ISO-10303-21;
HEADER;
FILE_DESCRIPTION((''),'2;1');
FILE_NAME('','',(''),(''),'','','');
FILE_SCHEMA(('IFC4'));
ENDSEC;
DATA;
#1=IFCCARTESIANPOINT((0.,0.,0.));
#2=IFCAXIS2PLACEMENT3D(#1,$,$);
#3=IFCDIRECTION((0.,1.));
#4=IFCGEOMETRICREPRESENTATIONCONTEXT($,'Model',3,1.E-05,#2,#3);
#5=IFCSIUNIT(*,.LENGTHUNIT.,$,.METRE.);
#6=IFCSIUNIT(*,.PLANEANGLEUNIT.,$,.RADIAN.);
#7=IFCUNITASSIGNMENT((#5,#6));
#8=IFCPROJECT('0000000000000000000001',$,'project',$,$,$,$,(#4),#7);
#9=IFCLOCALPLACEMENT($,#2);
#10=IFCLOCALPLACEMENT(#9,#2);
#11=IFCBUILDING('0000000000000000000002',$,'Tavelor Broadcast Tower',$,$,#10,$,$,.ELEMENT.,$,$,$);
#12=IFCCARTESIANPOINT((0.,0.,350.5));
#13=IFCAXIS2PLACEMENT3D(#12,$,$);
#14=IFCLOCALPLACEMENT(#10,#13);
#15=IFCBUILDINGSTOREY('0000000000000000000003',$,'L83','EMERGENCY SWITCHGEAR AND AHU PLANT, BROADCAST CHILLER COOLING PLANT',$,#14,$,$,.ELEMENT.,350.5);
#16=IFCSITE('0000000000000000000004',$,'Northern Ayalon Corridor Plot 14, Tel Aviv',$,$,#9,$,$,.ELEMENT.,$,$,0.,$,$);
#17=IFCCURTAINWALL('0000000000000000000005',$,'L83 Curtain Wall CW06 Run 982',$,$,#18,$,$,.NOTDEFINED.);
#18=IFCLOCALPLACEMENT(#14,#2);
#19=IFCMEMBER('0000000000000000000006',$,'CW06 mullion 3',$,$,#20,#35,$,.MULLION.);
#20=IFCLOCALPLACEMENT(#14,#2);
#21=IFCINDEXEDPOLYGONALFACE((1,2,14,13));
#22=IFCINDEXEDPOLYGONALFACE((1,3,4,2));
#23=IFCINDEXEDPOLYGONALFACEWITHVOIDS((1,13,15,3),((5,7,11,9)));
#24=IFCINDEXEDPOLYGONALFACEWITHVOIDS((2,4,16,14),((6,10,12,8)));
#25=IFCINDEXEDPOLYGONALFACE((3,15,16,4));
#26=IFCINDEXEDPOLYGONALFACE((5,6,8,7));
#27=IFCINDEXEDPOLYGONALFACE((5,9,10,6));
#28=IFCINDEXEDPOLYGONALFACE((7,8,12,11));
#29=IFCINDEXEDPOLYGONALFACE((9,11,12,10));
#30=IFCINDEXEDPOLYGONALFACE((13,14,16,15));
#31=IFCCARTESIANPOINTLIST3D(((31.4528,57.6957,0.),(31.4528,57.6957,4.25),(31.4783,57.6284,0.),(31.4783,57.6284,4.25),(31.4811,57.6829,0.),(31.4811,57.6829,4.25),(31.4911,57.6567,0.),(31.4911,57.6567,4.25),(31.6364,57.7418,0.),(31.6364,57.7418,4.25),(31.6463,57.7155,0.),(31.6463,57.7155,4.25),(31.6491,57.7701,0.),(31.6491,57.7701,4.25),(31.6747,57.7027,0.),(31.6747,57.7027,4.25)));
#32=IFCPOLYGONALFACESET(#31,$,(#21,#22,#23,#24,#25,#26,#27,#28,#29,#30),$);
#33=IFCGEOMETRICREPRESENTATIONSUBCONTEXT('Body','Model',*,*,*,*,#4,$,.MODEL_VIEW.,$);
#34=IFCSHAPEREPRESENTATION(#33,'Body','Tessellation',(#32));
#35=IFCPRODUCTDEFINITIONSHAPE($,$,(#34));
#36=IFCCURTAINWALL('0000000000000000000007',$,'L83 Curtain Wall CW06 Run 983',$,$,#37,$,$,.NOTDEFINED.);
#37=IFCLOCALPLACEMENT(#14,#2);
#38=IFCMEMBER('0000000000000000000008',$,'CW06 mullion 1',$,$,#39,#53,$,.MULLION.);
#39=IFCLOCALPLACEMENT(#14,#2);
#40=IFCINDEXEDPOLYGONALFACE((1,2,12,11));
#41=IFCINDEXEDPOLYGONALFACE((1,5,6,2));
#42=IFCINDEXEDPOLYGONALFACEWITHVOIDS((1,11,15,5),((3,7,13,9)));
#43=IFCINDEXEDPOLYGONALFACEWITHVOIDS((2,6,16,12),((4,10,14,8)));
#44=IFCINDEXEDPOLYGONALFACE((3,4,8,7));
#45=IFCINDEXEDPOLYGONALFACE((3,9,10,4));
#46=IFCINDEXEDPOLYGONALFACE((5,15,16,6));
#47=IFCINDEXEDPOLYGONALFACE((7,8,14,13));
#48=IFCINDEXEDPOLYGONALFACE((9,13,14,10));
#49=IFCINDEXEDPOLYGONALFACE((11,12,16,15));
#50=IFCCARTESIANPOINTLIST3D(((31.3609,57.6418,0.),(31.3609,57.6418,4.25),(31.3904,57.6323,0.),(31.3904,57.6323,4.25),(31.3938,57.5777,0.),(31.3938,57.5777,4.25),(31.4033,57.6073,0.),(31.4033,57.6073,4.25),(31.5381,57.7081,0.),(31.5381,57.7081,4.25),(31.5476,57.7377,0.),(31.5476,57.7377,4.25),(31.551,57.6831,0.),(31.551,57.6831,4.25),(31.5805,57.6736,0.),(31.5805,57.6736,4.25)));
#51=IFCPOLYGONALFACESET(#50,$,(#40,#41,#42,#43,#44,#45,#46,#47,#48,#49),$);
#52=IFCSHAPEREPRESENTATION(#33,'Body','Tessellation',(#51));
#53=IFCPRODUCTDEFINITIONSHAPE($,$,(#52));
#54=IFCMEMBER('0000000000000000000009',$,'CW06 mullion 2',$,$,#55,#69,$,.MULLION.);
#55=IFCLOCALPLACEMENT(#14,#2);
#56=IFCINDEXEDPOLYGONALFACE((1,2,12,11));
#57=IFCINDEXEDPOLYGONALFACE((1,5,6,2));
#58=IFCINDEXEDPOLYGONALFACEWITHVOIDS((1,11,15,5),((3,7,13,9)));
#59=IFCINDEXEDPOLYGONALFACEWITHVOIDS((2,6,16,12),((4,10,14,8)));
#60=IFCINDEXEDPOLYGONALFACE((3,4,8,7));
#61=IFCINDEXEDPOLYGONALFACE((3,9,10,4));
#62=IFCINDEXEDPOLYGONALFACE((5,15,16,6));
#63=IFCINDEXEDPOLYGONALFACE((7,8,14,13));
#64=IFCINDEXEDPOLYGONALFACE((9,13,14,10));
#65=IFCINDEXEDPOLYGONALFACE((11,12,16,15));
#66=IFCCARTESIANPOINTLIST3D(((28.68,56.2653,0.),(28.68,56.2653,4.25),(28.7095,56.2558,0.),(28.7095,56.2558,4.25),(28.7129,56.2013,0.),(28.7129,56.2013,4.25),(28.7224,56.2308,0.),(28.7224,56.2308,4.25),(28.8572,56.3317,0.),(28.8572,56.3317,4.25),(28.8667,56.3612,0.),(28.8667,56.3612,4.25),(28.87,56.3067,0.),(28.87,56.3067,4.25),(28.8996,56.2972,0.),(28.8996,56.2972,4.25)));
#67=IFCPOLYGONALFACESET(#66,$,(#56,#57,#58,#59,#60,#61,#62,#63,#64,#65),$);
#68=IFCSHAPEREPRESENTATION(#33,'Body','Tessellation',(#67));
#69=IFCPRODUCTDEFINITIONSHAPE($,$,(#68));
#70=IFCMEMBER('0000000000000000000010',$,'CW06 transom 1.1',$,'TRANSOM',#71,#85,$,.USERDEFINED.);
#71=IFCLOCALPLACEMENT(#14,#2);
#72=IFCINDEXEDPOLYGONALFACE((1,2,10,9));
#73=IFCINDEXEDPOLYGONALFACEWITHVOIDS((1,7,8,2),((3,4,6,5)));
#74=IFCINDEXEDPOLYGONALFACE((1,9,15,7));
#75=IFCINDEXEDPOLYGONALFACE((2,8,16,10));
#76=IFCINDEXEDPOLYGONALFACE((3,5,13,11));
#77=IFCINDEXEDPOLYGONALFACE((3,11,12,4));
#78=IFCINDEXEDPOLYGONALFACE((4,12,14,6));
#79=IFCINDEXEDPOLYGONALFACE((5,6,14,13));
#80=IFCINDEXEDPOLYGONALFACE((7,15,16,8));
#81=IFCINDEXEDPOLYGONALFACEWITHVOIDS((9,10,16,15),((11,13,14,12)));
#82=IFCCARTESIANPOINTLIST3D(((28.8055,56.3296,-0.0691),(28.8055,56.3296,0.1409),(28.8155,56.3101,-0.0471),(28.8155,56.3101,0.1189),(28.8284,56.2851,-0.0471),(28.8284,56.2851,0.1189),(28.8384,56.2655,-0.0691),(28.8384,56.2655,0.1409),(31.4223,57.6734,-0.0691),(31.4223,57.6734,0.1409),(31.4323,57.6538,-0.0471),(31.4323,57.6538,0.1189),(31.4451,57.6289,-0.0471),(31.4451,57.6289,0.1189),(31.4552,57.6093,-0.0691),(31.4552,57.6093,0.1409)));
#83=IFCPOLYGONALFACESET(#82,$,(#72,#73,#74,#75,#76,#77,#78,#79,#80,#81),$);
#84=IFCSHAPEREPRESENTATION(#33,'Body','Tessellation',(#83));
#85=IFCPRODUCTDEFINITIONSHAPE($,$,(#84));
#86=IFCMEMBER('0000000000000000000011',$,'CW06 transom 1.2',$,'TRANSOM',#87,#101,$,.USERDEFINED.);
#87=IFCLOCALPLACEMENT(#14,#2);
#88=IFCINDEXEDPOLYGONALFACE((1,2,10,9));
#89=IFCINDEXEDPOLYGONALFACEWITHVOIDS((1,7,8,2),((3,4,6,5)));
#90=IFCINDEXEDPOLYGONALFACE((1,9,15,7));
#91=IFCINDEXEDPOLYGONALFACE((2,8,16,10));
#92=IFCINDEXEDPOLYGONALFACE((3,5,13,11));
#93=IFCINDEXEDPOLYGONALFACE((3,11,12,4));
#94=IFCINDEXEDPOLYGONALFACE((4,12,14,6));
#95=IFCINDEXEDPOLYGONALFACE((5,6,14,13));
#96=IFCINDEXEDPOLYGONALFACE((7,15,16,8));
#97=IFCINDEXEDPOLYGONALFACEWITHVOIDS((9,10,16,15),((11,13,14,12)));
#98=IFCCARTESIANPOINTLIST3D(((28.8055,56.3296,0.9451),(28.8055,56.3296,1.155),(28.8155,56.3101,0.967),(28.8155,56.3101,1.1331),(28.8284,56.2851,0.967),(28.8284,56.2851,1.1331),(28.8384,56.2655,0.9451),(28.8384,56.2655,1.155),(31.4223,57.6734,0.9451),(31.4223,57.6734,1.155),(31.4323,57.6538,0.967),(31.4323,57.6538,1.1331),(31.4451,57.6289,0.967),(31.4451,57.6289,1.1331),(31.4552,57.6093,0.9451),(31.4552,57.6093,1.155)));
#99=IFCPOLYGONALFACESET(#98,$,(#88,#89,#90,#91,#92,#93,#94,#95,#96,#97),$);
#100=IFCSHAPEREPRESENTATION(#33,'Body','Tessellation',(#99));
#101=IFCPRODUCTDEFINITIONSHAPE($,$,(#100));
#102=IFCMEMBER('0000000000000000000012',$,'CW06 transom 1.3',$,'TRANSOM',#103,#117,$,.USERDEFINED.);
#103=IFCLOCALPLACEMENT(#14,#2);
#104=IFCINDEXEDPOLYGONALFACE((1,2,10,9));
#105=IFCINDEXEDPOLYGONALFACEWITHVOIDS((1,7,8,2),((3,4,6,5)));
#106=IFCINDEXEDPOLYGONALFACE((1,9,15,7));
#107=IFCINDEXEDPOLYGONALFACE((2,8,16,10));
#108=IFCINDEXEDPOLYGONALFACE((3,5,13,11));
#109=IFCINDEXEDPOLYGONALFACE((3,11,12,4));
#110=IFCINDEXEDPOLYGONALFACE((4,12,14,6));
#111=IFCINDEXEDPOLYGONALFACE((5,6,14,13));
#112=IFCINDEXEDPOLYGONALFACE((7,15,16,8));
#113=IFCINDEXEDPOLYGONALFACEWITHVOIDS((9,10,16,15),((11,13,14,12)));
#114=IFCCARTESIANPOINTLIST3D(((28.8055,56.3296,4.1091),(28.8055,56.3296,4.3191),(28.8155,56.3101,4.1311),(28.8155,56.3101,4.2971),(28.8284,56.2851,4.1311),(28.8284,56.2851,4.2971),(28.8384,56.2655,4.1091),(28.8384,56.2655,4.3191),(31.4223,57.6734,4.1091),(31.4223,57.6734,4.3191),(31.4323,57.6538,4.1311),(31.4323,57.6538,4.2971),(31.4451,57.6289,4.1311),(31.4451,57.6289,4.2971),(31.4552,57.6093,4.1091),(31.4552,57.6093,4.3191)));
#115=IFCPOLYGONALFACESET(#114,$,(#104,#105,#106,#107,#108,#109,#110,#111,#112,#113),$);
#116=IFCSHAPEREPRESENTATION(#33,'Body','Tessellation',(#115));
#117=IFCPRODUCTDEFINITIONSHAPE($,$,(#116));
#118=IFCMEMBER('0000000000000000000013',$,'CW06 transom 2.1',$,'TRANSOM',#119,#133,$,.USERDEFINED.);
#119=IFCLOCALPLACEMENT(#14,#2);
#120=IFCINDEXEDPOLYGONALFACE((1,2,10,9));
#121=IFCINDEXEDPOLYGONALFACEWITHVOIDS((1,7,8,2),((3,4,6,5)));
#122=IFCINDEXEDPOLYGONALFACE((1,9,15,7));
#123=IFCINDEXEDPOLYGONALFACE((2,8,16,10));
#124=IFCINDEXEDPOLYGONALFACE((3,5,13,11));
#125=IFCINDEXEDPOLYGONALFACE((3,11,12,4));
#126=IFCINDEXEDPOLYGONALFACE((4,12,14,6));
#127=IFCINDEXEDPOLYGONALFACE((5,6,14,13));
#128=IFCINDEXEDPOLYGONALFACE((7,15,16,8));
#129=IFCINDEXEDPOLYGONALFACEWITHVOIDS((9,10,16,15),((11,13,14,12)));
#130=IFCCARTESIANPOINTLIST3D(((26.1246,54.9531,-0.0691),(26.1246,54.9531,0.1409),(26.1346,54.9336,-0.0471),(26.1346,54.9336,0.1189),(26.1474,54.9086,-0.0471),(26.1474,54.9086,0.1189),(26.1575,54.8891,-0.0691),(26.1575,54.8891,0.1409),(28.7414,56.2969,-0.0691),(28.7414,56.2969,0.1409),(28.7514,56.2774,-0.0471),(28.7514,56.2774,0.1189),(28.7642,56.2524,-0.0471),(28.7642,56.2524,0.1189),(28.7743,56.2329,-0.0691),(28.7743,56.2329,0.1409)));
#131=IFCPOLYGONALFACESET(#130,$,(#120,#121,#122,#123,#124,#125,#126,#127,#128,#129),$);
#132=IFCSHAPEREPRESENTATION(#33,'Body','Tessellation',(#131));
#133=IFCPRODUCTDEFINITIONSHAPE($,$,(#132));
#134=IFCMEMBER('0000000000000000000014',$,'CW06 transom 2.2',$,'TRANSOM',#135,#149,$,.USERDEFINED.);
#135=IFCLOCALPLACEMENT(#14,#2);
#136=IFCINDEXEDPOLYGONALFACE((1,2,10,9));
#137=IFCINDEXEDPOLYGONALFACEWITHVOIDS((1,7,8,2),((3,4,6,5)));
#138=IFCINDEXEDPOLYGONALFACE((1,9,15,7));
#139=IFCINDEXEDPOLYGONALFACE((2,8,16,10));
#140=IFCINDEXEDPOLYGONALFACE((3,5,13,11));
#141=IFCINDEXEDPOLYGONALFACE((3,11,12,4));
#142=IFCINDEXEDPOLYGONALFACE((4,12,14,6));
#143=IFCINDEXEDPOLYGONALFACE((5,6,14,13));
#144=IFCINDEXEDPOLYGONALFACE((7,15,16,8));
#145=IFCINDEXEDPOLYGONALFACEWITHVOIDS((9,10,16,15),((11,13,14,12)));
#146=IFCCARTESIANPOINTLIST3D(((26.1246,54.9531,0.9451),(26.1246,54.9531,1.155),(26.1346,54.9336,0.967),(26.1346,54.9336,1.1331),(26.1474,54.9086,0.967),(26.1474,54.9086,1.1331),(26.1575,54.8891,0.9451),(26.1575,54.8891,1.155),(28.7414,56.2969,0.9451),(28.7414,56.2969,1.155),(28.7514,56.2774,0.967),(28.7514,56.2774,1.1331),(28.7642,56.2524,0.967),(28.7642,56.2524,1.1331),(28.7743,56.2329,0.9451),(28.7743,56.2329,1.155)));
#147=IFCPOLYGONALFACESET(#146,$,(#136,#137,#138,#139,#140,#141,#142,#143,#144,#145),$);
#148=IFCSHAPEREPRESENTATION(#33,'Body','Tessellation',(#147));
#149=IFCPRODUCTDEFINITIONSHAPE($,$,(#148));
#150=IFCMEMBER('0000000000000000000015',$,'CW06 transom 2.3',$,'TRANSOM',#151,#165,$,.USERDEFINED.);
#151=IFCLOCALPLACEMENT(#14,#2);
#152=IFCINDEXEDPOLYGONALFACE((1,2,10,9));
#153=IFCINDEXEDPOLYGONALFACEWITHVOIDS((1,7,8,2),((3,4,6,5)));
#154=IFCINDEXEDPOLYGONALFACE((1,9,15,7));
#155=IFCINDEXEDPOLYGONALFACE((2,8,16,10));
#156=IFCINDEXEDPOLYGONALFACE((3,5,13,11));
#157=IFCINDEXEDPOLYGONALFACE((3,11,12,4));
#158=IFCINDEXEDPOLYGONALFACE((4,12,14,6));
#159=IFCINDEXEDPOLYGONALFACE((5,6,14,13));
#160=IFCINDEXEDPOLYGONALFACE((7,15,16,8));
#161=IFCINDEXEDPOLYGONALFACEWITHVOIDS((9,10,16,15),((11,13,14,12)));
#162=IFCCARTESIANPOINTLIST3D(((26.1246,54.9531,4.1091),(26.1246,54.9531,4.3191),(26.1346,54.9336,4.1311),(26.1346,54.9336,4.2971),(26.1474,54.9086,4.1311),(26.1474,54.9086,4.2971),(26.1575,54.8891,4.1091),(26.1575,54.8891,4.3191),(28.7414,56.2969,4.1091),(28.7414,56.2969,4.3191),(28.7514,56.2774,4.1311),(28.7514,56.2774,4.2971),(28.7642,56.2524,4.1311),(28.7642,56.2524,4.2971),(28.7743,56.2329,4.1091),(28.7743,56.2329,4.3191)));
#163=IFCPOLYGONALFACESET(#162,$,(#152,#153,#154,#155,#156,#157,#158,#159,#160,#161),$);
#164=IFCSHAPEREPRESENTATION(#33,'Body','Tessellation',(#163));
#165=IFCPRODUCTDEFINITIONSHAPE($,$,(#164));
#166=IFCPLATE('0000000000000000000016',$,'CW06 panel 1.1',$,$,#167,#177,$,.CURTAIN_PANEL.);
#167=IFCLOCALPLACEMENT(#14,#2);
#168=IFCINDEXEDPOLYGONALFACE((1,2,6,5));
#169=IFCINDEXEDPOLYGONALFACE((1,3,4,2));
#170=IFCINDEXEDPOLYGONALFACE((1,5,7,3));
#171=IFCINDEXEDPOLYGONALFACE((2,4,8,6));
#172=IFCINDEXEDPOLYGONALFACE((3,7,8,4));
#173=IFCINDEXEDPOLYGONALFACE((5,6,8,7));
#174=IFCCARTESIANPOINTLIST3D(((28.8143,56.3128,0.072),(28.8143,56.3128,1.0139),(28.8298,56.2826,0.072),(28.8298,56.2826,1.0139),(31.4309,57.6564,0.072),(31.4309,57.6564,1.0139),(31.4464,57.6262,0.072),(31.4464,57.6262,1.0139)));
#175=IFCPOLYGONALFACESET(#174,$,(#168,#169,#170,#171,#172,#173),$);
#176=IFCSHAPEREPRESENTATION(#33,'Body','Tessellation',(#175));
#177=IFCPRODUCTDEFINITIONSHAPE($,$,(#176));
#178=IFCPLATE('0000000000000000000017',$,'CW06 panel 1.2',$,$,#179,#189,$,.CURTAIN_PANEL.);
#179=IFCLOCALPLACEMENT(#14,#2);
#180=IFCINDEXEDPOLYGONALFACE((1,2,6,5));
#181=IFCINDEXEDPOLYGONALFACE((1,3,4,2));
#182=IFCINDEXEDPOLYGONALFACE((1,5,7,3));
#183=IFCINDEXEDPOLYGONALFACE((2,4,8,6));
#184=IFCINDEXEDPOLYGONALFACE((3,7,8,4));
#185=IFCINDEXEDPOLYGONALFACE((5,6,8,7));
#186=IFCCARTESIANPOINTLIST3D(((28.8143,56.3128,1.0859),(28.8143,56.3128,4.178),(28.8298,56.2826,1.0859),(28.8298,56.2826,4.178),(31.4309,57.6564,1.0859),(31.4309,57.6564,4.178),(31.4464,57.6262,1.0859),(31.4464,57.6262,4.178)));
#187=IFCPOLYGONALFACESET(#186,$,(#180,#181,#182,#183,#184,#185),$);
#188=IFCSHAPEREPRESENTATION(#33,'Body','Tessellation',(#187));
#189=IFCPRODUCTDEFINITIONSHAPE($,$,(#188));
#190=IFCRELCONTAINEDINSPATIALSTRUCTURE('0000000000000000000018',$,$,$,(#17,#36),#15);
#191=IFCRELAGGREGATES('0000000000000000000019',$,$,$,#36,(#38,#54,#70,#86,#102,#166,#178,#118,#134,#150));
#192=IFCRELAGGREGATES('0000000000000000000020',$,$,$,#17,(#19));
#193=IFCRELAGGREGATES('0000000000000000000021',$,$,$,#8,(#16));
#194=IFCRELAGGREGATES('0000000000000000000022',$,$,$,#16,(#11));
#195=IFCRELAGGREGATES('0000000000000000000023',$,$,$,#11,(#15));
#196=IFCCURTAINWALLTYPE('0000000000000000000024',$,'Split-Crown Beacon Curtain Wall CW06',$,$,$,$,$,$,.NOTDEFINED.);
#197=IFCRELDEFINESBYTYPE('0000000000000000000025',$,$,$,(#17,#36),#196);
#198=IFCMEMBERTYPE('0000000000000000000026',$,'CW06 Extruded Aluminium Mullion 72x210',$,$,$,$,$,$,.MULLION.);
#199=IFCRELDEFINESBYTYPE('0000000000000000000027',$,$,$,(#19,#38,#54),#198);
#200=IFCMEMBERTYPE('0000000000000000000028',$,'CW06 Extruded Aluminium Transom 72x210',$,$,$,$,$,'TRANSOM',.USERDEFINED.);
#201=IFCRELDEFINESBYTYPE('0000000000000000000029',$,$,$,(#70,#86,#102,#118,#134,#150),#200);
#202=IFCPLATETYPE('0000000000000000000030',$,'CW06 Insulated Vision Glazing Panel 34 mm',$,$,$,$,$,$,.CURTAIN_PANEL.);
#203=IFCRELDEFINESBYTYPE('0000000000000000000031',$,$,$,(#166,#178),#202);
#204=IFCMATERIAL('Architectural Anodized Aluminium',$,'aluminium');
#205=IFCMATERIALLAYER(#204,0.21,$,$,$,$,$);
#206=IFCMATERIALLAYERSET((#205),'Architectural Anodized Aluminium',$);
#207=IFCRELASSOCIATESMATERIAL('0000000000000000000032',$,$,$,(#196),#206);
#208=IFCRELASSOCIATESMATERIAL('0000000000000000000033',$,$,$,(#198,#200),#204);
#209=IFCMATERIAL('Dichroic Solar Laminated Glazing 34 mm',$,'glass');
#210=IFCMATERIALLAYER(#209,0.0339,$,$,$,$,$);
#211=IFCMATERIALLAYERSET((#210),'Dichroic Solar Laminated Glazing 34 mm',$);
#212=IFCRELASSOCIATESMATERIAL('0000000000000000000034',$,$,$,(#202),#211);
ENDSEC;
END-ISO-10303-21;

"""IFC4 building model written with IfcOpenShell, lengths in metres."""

from ifc_helpers import new_model, si_unit, direction, frame, origin, origin_2d, place, context, subcontext, project, spatial, rectangle, hollow_rectangle, extrude, source, transform, mapped, material, layer, layer_set, material_profile, profile_set, type_object, type_shapes, element, aggregate, save


model = new_model("IFC4")

# Units and contexts
model_context = context("Model", 3, precision=1e-05, world=origin(), true_north=direction((0.0, 1.0)))
body_context = subcontext(model_context, "Body", "Model", "MODEL_VIEW")
ifc_project = project(units=[si_unit("LENGTHUNIT", "METRE"), si_unit("PLANEANGLEUNIT", "RADIAN")], contexts=[model_context])

# Site, building, storey
site_placement = place(None, origin())
site = spatial("IfcSite", under=ifc_project, at=site_placement, Name="Northern Ayalon Corridor Plot 14, Tel Aviv", CompositionType="ELEMENT", RefElevation=0.0)
building_placement = place(site_placement, origin())
building = spatial("IfcBuilding", under=site, at=building_placement, Name="Tavelor Broadcast Tower", CompositionType="ELEMENT")
storey_placement = place(building_placement, frame((0.0, 0.0, 350.5)))
storey = spatial("IfcBuildingStorey", under=building, at=storey_placement, Name="L83", Description="EMERGENCY SWITCHGEAR AND AHU PLANT, BROADCAST CHILLER COOLING PLANT", CompositionType="ELEMENT", Elevation=350.5)

# Curtain wall, member
ifc_material_1 = material(Name="Architectural Anodized Aluminium", Category="aluminium")
ifc_layer_1 = layer(ifc_material_1, 0.21)
ifc_layer_set_1 = layer_set([ifc_layer_1], Name="Architectural Anodized Aluminium")
curtain_wall_type = type_object("IfcCurtainWallType", Name="Split-Crown Beacon Curtain Wall CW06", PredefinedType="NOTDEFINED", material=ifc_layer_set_1)
curtain_wall_1_placement = place(storey_placement, origin())
curtain_wall_1 = element("IfcCurtainWall", 1, at=curtain_wall_1_placement, inside=storey, type_object=curtain_wall_type, Name="L83 Curtain Wall CW06 Run 982", PredefinedType="NOTDEFINED")
ifc_material_profile_1 = material_profile(ifc_material_1, hollow_rectangle(XDim=0.072, YDim=0.21, WallThickness=0.022, at=origin_2d()), Name="RHS 72x210x22")
ifc_profile_set_1 = profile_set([ifc_material_profile_1], Name="Architectural Anodized Aluminium")
member_type_1 = type_object("IfcMemberType", Name="CW06 Extruded Aluminium Mullion 72x210", PredefinedType="MULLION", material=ifc_profile_set_1)
shared_shape_1 = source(origin(), body_context, "Body", "SweptSolid", [
    extrude(hollow_rectangle(XDim=0.072, YDim=0.21, WallThickness=0.022, at=origin_2d()), origin(), (0.0, 0.0, 1.0), 4.25),
])
type_shapes(member_type_1, [shared_shape_1])
member_1_placement = place(storey_placement, frame((31.5637, 57.6992, 0.0), z_axis=(0.0, 0.0, 1.0), x_axis=(0.354265, -0.935145, 0.0)))
member_1 = element("IfcMember", 2, at=member_1_placement, type_object=member_type_1, Name="CW06 mullion 3", PredefinedType="MULLION", context=body_context, shape_type="MappedRepresentation", body=[
    mapped(shared_shape_1, transform((0.0, 0.0, 0.0), scale=1.0)),
])

# Curtain wall, members, plates
curtain_wall_2_placement = place(storey_placement, origin())
curtain_wall_2 = element("IfcCurtainWall", 3, at=curtain_wall_2_placement, inside=storey, type_object=curtain_wall_type, Name="L83 Curtain Wall CW06 Run 983", PredefinedType="NOTDEFINED")
member_2_placement = place(storey_placement, frame((31.4707, 57.6577, 0.0), z_axis=(0.0, 0.0, 1.0), x_axis=(0.456776, -0.889582, 0.0)))
member_2 = element("IfcMember", 4, at=member_2_placement, type_object=member_type_1, Name="CW06 mullion 1", PredefinedType="MULLION", context=body_context, shape_type="MappedRepresentation", body=[
    mapped(shared_shape_1, transform((0.0, 0.0, 0.0), scale=1.0)),
])
member_3_placement = place(storey_placement, frame((28.7898, 56.2812, 0.0), z_axis=(0.0, 0.0, 1.0), x_axis=(0.456776, -0.889582, 0.0)))
member_3 = element("IfcMember", 5, at=member_3_placement, type_object=member_type_1, Name="CW06 mullion 2", PredefinedType="MULLION", context=body_context, shape_type="MappedRepresentation", body=[
    mapped(shared_shape_1, transform((0.0, 0.0, 0.0), scale=1.0)),
])
ifc_material_profile_2 = material_profile(ifc_material_1, hollow_rectangle(XDim=0.072, YDim=0.21, WallThickness=0.022, at=origin_2d()), Name="RHS 72x210x22")
ifc_profile_set_2 = profile_set([ifc_material_profile_2], Name="Architectural Anodized Aluminium")
member_type_2 = type_object("IfcMemberType", Name="CW06 Extruded Aluminium Transom 72x210", ElementType="TRANSOM", PredefinedType="USERDEFINED", material=ifc_profile_set_2)
shared_shape_2 = source(origin(), body_context, "Body", "SweptSolid", [
    extrude(hollow_rectangle(XDim=0.072, YDim=0.21, WallThickness=0.022, at=origin_2d()), origin(), (0.0, 0.0, 1.0), 2.9417),
])
type_shapes(member_type_2, [shared_shape_2])
member_4_placement = place(storey_placement, frame((31.4387, 57.6414, 0.0359), z_axis=(-0.889562, -0.456815, 0.0), x_axis=(0.456815, -0.889562, 0.0)))
member_4 = element("IfcMember", 6, at=member_4_placement, type_object=member_type_2, Name="CW06 transom 1.1", ObjectType="TRANSOM", PredefinedType="USERDEFINED", context=body_context, shape_type="MappedRepresentation", body=[
    mapped(shared_shape_2, transform((0.0, 0.0, 0.0), scale=1.0)),
])
member_5_placement = place(storey_placement, frame((31.4387, 57.6414, 1.05), z_axis=(-0.889562, -0.456815, 0.0), x_axis=(0.456815, -0.889562, 0.0)))
member_5 = element("IfcMember", 7, at=member_5_placement, type_object=member_type_2, Name="CW06 transom 1.2", ObjectType="TRANSOM", PredefinedType="USERDEFINED", context=body_context, shape_type="MappedRepresentation", body=[
    mapped(shared_shape_2, transform((0.0, 0.0, 0.0), scale=1.0)),
])
member_6_placement = place(storey_placement, frame((31.4387, 57.6414, 4.2141), z_axis=(-0.889562, -0.456815, 0.0), x_axis=(0.456815, -0.889562, 0.0)))
member_6 = element("IfcMember", 8, at=member_6_placement, type_object=member_type_2, Name="CW06 transom 1.3", ObjectType="TRANSOM", PredefinedType="USERDEFINED", context=body_context, shape_type="MappedRepresentation", body=[
    mapped(shared_shape_2, transform((0.0, 0.0, 0.0), scale=1.0)),
])
member_7_placement = place(storey_placement, frame((28.7578, 56.2649, 0.0359), z_axis=(-0.889562, -0.456815, 0.0), x_axis=(0.456815, -0.889562, 0.0)))
member_7 = element("IfcMember", 9, at=member_7_placement, type_object=member_type_2, Name="CW06 transom 2.1", ObjectType="TRANSOM", PredefinedType="USERDEFINED", context=body_context, shape_type="MappedRepresentation", body=[
    mapped(shared_shape_2, transform((0.0, 0.0, 0.0), scale=1.0)),
])
member_8_placement = place(storey_placement, frame((28.7578, 56.2649, 1.05), z_axis=(-0.889562, -0.456815, 0.0), x_axis=(0.456815, -0.889562, 0.0)))
member_8 = element("IfcMember", 10, at=member_8_placement, type_object=member_type_2, Name="CW06 transom 2.2", ObjectType="TRANSOM", PredefinedType="USERDEFINED", context=body_context, shape_type="MappedRepresentation", body=[
    mapped(shared_shape_2, transform((0.0, 0.0, 0.0), scale=1.0)),
])
member_9_placement = place(storey_placement, frame((28.7578, 56.2649, 4.2141), z_axis=(-0.889562, -0.456815, 0.0), x_axis=(0.456815, -0.889562, 0.0)))
member_9 = element("IfcMember", 11, at=member_9_placement, type_object=member_type_2, Name="CW06 transom 2.3", ObjectType="TRANSOM", PredefinedType="USERDEFINED", context=body_context, shape_type="MappedRepresentation", body=[
    mapped(shared_shape_2, transform((0.0, 0.0, 0.0), scale=1.0)),
])
ifc_material_2 = material(Name="Dichroic Solar Laminated Glazing 34 mm", Category="glass")
ifc_layer_2 = layer(ifc_material_2, 0.0339)
ifc_layer_set_2 = layer_set([ifc_layer_2], Name="Dichroic Solar Laminated Glazing 34 mm")
plate_type = type_object("IfcPlateType", Name="CW06 Insulated Vision Glazing Panel 34 mm", PredefinedType="CURTAIN_PANEL", material=ifc_layer_set_2)
shared_shape_3 = source(origin(), body_context, "Body", "SweptSolid", [
    extrude(rectangle(XDim=2.9414, YDim=0.0339, at=origin_2d()), origin(), (0.0, 0.0, 1.0), 0.9419),
])
plate_1_placement = place(storey_placement, frame((30.1304, 56.9695, 0.072), z_axis=(0.0, 0.0, 1.0), x_axis=(-0.889582, -0.456776, 0.0)))
plate_1 = element("IfcPlate", 12, at=plate_1_placement, type_object=plate_type, Name="CW06 panel 1.1", PredefinedType="CURTAIN_PANEL", context=body_context, shape_type="MappedRepresentation", body=[
    mapped(shared_shape_3, transform((0.0, 0.0, 0.0), scale=1.0)),
])
shared_shape_4 = source(origin(), body_context, "Body", "SweptSolid", [
    extrude(rectangle(XDim=2.9414, YDim=0.0339, at=origin_2d()), origin(), (0.0, 0.0, 1.0), 3.092),
])
plate_2_placement = place(storey_placement, frame((30.1304, 56.9695, 1.0859), z_axis=(0.0, 0.0, 1.0), x_axis=(-0.889582, -0.456776, 0.0)))
plate_2 = element("IfcPlate", 13, at=plate_2_placement, type_object=plate_type, Name="CW06 panel 1.2", PredefinedType="CURTAIN_PANEL", context=body_context, shape_type="MappedRepresentation", body=[
    mapped(shared_shape_4, transform((0.0, 0.0, 0.0), scale=1.0)),
])
aggregate(curtain_wall_2, [member_2, member_3, member_4, member_5, member_6, plate_1, plate_2, member_7, member_8, member_9])

aggregate(curtain_wall_1, [member_1])

save(model, "model.ifc")
